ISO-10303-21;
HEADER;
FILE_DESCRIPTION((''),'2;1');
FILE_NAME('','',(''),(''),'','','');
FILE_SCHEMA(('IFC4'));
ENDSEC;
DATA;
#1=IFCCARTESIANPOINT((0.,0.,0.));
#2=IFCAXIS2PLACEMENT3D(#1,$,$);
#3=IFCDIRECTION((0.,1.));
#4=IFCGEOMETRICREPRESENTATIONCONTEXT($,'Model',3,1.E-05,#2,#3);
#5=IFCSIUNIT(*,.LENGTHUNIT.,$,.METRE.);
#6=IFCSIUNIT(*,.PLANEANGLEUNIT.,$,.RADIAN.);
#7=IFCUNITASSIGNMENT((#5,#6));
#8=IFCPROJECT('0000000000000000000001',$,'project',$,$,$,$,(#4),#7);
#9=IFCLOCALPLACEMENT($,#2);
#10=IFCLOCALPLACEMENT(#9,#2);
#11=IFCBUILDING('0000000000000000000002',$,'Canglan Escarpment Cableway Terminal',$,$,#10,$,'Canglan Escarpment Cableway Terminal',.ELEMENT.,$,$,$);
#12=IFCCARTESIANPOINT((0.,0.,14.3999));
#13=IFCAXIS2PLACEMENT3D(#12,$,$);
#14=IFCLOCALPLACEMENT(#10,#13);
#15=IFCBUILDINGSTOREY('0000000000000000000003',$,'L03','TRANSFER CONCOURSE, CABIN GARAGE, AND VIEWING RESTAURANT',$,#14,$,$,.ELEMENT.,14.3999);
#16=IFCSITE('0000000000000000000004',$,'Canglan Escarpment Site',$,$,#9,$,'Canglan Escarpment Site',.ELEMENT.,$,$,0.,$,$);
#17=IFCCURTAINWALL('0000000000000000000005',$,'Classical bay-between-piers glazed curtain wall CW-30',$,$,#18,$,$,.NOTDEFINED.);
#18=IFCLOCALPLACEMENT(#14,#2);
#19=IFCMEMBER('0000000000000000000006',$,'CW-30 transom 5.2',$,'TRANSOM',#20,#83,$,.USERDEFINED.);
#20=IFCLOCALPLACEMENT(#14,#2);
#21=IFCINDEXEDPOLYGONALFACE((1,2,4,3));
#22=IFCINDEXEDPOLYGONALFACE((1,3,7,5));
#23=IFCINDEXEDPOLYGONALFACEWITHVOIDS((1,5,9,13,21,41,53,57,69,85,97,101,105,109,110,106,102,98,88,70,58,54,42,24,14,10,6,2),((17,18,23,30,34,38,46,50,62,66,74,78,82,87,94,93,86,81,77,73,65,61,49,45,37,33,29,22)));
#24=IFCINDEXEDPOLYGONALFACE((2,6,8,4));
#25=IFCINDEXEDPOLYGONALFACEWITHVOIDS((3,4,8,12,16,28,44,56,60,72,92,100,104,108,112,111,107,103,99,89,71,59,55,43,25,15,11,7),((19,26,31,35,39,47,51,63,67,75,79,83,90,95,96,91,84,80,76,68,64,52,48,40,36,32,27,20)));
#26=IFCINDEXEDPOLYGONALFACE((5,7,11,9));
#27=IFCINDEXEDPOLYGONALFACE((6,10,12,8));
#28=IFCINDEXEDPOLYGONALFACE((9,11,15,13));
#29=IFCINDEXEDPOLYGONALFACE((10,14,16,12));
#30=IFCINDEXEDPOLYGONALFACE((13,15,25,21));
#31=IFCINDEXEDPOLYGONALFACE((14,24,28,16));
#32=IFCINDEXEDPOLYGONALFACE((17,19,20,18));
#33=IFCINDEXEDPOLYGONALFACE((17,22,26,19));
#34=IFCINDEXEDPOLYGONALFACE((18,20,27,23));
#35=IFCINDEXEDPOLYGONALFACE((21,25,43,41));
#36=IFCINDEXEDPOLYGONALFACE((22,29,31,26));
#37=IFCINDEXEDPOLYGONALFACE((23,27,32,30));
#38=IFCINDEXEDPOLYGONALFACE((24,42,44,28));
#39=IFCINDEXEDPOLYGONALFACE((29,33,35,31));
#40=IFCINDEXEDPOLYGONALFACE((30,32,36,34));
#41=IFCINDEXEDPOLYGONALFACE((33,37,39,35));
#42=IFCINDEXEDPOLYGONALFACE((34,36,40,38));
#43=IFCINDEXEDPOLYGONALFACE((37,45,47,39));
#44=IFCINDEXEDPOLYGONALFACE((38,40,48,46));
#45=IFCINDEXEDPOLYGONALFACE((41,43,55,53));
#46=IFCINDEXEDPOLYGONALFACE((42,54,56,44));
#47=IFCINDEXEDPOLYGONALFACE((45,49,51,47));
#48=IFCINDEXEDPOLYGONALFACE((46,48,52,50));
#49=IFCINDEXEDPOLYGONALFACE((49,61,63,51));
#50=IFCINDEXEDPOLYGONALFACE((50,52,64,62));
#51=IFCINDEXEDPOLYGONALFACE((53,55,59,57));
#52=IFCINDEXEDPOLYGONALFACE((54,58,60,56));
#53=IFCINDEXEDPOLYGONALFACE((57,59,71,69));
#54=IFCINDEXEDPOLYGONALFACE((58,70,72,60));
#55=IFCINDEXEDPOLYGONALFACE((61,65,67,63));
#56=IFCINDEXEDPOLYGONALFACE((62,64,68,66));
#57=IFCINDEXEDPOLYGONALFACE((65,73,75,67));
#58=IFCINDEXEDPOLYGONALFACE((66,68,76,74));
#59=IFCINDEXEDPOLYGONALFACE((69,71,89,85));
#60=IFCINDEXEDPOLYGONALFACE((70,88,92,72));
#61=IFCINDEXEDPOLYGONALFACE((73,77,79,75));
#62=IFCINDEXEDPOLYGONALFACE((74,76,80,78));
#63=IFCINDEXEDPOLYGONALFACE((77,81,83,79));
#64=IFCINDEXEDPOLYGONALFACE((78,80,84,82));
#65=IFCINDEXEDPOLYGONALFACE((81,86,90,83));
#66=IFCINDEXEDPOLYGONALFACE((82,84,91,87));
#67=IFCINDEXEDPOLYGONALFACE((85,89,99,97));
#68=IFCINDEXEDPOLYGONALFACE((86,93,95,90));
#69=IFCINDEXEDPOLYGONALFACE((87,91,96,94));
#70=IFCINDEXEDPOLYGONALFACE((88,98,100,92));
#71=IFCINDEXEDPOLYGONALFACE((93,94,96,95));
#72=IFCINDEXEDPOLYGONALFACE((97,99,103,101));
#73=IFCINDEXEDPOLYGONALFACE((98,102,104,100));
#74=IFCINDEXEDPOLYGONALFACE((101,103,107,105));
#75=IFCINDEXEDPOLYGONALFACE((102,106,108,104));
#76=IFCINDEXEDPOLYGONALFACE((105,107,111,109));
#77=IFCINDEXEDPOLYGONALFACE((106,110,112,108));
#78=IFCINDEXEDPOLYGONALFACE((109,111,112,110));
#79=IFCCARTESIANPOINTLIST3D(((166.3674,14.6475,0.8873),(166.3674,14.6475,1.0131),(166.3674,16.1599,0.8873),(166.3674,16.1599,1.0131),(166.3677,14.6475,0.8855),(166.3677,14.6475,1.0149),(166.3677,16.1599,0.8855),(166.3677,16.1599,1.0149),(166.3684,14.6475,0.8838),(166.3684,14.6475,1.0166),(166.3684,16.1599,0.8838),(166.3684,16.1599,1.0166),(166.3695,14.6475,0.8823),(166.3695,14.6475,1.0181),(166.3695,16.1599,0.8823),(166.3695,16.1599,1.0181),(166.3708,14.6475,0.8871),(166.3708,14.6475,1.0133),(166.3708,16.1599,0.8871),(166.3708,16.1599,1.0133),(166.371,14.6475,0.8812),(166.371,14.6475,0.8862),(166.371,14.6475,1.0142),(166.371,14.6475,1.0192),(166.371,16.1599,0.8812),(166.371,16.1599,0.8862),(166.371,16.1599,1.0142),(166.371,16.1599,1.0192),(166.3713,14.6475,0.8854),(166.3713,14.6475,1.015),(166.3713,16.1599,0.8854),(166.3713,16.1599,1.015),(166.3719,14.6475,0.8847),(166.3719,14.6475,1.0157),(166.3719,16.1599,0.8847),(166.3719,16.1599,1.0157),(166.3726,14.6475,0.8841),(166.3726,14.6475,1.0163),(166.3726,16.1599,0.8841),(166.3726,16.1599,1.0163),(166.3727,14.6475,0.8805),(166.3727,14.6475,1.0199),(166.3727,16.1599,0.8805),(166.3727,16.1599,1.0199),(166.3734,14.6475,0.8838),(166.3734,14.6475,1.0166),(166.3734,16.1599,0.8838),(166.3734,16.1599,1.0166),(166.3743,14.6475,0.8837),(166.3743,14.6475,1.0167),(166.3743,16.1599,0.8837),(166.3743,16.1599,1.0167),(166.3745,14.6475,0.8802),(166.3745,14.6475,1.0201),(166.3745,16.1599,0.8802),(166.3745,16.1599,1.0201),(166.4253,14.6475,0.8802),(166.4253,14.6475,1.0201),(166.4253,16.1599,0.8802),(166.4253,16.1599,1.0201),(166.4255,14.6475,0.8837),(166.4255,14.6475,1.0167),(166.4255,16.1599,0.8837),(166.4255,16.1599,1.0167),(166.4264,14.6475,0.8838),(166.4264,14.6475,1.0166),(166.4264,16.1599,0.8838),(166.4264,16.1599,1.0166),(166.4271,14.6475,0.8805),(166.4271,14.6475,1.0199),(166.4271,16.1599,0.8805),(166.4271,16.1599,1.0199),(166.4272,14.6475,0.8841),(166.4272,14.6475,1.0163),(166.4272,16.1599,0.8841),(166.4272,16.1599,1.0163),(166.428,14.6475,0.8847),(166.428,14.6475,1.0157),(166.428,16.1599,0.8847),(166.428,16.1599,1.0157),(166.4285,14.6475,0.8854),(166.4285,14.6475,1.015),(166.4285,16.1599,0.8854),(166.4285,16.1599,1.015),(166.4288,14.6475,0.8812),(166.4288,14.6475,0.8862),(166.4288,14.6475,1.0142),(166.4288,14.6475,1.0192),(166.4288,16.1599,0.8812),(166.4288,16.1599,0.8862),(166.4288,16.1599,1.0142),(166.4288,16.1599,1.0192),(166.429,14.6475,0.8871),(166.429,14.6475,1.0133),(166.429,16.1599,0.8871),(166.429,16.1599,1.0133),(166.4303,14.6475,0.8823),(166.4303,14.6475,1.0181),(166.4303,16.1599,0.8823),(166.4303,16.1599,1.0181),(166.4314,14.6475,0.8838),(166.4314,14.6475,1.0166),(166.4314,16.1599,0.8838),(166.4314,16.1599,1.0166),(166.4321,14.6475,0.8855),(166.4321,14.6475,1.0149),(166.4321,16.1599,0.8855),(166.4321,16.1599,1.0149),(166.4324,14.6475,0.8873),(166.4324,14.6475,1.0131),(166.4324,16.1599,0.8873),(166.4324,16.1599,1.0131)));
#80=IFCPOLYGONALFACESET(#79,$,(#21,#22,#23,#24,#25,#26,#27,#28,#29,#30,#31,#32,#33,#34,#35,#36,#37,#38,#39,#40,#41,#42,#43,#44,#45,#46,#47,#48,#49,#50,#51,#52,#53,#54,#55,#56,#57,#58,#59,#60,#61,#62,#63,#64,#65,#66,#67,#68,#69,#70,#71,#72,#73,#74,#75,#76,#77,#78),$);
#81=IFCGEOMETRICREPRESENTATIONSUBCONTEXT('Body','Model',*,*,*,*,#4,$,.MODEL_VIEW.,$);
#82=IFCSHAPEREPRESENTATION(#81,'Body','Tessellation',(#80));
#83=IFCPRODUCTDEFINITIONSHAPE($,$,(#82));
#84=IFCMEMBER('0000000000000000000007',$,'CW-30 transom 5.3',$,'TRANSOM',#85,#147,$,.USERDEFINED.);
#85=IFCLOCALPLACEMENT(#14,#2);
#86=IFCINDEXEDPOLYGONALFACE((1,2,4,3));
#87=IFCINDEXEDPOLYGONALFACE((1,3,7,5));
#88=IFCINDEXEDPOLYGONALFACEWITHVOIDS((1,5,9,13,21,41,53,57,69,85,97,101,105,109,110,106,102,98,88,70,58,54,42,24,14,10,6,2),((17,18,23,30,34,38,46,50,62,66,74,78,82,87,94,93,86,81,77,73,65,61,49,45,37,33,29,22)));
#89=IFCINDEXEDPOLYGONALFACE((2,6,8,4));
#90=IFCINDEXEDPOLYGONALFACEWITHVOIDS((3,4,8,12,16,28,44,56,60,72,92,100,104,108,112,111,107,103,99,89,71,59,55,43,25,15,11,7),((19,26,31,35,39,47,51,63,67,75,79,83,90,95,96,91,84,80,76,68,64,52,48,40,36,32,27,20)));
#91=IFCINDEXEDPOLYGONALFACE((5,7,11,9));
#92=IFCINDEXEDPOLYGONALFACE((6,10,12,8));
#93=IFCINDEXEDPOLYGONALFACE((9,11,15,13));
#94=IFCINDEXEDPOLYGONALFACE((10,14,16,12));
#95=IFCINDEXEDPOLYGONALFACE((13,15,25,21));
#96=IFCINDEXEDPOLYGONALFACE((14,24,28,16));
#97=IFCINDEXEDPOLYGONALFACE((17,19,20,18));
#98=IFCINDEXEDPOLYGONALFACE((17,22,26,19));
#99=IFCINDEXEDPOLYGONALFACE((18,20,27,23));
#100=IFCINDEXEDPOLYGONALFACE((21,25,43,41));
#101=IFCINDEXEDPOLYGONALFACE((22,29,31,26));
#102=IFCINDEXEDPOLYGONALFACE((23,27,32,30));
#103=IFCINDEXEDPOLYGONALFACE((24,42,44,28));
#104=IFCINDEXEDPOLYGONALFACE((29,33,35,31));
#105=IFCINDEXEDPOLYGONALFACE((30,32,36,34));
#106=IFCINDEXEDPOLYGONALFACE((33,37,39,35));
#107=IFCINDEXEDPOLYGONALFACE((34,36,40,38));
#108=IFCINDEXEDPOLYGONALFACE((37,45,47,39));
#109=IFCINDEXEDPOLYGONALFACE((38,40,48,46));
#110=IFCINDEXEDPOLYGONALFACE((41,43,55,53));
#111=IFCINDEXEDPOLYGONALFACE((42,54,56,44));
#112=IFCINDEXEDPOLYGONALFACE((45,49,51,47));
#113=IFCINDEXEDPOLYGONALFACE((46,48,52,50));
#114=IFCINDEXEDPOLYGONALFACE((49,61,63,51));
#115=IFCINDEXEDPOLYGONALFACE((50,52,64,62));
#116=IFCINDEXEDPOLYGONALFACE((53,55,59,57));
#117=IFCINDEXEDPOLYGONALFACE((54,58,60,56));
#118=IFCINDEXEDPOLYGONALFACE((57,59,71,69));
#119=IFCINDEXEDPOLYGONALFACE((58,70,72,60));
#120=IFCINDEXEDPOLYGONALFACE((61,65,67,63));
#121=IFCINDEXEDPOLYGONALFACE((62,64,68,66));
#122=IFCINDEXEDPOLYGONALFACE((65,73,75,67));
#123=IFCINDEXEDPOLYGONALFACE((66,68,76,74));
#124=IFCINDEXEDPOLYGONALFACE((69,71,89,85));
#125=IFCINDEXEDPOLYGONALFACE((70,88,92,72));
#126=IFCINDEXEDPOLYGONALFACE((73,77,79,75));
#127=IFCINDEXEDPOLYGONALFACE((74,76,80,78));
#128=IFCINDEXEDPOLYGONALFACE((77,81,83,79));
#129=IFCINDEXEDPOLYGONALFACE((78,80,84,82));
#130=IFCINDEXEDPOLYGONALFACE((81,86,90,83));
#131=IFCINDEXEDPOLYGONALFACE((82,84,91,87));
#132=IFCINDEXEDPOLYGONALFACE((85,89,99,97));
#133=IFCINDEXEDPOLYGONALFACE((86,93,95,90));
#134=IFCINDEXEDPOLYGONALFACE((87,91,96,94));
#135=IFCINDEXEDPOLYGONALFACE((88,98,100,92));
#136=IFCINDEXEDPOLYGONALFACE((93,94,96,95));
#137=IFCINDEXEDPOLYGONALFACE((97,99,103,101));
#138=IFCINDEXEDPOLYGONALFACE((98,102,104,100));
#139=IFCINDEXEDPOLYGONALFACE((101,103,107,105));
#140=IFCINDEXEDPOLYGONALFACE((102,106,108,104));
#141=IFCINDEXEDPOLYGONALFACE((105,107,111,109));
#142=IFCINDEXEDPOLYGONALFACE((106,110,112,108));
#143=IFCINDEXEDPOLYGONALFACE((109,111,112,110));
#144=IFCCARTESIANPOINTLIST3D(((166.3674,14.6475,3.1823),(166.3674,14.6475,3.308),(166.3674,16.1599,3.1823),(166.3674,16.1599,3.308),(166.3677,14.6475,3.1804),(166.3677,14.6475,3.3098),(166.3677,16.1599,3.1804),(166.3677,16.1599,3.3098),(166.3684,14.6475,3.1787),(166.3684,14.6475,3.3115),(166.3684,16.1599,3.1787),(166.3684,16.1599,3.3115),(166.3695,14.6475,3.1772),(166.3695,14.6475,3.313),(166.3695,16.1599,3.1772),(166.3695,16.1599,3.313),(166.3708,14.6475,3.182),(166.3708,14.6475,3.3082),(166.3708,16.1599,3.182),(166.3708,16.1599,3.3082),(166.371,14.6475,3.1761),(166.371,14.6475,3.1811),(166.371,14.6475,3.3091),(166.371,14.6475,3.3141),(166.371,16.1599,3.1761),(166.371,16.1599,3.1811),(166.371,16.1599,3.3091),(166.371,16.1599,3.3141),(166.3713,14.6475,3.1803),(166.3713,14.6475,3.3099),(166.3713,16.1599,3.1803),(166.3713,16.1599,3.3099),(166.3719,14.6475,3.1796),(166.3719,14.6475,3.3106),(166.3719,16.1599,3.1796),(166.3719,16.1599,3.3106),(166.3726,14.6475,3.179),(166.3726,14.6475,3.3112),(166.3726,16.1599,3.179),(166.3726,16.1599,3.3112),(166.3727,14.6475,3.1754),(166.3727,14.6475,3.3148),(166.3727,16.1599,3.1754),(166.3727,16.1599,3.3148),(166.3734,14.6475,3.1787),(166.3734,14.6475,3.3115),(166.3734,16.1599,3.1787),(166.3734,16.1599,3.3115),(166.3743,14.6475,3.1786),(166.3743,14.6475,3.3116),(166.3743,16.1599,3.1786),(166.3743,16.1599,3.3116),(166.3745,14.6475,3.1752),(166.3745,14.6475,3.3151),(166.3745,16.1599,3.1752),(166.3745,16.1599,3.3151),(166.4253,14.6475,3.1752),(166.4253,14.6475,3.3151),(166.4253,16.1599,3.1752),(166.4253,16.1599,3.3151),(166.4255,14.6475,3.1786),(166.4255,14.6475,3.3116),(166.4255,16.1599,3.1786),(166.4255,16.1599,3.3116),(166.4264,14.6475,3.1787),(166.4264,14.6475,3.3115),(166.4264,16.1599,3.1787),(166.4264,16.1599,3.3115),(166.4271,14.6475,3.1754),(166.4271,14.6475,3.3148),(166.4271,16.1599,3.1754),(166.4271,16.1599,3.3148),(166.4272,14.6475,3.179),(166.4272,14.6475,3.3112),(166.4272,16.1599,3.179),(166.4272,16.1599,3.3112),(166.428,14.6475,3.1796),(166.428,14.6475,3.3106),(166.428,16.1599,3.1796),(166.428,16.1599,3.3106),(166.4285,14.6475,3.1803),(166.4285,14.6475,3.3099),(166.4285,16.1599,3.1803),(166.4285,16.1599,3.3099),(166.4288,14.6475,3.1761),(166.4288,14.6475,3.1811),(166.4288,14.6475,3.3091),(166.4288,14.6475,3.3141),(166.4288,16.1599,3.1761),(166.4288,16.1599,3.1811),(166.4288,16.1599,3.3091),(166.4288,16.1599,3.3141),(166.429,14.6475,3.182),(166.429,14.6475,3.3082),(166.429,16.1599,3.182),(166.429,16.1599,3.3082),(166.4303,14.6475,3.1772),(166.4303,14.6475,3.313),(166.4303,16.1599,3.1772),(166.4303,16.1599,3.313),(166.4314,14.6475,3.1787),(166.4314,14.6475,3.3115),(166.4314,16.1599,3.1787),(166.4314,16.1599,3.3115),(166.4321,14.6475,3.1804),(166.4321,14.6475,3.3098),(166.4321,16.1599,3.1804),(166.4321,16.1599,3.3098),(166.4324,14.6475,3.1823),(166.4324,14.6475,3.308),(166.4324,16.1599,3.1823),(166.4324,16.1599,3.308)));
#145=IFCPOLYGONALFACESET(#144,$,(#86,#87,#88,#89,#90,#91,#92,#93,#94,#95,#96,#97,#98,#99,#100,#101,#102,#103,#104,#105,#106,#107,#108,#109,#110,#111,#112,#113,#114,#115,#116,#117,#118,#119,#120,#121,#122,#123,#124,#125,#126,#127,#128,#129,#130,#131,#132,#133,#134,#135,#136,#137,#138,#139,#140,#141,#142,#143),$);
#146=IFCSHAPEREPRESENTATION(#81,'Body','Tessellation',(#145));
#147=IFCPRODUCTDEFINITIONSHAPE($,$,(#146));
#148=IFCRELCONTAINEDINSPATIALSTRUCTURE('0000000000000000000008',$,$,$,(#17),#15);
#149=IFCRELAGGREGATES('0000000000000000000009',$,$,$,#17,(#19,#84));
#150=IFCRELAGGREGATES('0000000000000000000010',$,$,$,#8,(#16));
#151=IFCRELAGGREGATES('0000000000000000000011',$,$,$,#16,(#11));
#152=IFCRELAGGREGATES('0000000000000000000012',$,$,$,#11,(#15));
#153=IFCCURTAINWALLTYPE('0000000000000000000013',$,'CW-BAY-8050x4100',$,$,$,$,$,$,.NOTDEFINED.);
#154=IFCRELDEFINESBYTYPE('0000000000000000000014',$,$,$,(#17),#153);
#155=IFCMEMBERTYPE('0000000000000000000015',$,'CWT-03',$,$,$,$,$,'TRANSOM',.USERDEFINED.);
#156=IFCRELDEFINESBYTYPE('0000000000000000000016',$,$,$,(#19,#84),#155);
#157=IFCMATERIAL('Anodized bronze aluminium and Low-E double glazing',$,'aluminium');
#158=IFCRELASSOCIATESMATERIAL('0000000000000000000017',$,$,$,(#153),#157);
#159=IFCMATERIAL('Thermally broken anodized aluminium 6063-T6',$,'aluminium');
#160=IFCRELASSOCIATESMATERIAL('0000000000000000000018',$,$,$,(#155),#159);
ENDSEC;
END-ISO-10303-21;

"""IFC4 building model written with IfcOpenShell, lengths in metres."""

from ifc_helpers import new_model, si_unit, direction, frame, origin, origin_2d, place, context, subcontext, project, spatial, hollow_rectangle, extrude, material, material_profile, profile_set, type_object, element, aggregate, save


model = new_model("IFC4")

# Units and contexts
model_context = context("Model", 3, precision=1e-05, world=origin(), true_north=direction((0.0, 1.0)))
body_context = subcontext(model_context, "Body", "Model", "MODEL_VIEW")
ifc_project = project(units=[si_unit("LENGTHUNIT", "METRE"), si_unit("PLANEANGLEUNIT", "RADIAN")], contexts=[model_context])

# Site, building, storey
site_placement = place(None, origin())
site = spatial("IfcSite", under=ifc_project, at=site_placement, Name="Canglan Escarpment Site", LongName="Canglan Escarpment Site", CompositionType="ELEMENT", RefElevation=0.0)
building_placement = place(site_placement, origin())
building = spatial("IfcBuilding", under=site, at=building_placement, Name="Canglan Escarpment Cableway Terminal", LongName="Canglan Escarpment Cableway Terminal", CompositionType="ELEMENT")
storey_placement = place(building_placement, frame((0.0, 0.0, 14.3999)))
storey = spatial("IfcBuildingStorey", under=building, at=storey_placement, Name="L03", Description="TRANSFER CONCOURSE, CABIN GARAGE, AND VIEWING RESTAURANT", CompositionType="ELEMENT", Elevation=14.3999)

# Curtain wall, members
ifc_material_1 = material(Name="Anodized bronze aluminium and Low-E double glazing", Category="aluminium")
curtain_wall_type = type_object("IfcCurtainWallType", Name="CW-BAY-8050x4100", PredefinedType="NOTDEFINED", material=ifc_material_1)
curtain_wall_placement = place(storey_placement, origin())
curtain_wall = element("IfcCurtainWall", 1, at=curtain_wall_placement, inside=storey, type_object=curtain_wall_type, Name="Classical bay-between-piers glazed curtain wall CW-30", PredefinedType="NOTDEFINED")
ifc_material_2 = material(Name="Thermally broken anodized aluminium 6063-T6", Category="aluminium")
ifc_material_profile_1 = material_profile(ifc_material_2, hollow_rectangle(XDim=0.0649, YDim=0.1399, WallThickness=0.0034, InnerFilletRadius=0.0034, OuterFilletRadius=0.0071, at=origin_2d()), Name="ALU-TRAN 65x140x3.5")
ifc_profile_set_1 = profile_set([ifc_material_profile_1], Name="Thermally broken anodized aluminium 6063-T6")
member_type_1 = type_object("IfcMemberType", Name="CWT-03", ElementType="TRANSOM", PredefinedType="USERDEFINED", material=ifc_profile_set_1)
member_1_placement = place(storey_placement, frame((166.3999, 14.6475, 0.9502), z_axis=(0.0, 1.0, 0.0), x_axis=(-1.0, 0.0, 0.0)))
member_1 = element("IfcMember", 2, at=member_1_placement, type_object=member_type_1, Name="CW-30 transom 5.2", ObjectType="TRANSOM", PredefinedType="USERDEFINED", context=body_context, shape_type="SweptSolid", body=[
    extrude(hollow_rectangle(XDim=0.0649, YDim=0.1399, WallThickness=0.0034, InnerFilletRadius=0.0034, OuterFilletRadius=0.0071, at=origin_2d()), origin(), (0.0, 0.0, 1.0), 1.5125),
])
member_2_placement = place(storey_placement, frame((166.3999, 14.6475, 3.2451), z_axis=(0.0, 1.0, 0.0), x_axis=(-1.0, 0.0, 0.0)))
member_2 = element("IfcMember", 3, at=member_2_placement, type_object=member_type_1, Name="CW-30 transom 5.3", ObjectType="TRANSOM", PredefinedType="USERDEFINED", context=body_context, shape_type="SweptSolid", body=[
    extrude(hollow_rectangle(XDim=0.0649, YDim=0.1399, WallThickness=0.0034, InnerFilletRadius=0.0034, OuterFilletRadius=0.0071, at=origin_2d()), origin(), (0.0, 0.0, 1.0), 1.5125),
])

aggregate(curtain_wall, [member_1, member_2])

save(model, "model.ifc")
